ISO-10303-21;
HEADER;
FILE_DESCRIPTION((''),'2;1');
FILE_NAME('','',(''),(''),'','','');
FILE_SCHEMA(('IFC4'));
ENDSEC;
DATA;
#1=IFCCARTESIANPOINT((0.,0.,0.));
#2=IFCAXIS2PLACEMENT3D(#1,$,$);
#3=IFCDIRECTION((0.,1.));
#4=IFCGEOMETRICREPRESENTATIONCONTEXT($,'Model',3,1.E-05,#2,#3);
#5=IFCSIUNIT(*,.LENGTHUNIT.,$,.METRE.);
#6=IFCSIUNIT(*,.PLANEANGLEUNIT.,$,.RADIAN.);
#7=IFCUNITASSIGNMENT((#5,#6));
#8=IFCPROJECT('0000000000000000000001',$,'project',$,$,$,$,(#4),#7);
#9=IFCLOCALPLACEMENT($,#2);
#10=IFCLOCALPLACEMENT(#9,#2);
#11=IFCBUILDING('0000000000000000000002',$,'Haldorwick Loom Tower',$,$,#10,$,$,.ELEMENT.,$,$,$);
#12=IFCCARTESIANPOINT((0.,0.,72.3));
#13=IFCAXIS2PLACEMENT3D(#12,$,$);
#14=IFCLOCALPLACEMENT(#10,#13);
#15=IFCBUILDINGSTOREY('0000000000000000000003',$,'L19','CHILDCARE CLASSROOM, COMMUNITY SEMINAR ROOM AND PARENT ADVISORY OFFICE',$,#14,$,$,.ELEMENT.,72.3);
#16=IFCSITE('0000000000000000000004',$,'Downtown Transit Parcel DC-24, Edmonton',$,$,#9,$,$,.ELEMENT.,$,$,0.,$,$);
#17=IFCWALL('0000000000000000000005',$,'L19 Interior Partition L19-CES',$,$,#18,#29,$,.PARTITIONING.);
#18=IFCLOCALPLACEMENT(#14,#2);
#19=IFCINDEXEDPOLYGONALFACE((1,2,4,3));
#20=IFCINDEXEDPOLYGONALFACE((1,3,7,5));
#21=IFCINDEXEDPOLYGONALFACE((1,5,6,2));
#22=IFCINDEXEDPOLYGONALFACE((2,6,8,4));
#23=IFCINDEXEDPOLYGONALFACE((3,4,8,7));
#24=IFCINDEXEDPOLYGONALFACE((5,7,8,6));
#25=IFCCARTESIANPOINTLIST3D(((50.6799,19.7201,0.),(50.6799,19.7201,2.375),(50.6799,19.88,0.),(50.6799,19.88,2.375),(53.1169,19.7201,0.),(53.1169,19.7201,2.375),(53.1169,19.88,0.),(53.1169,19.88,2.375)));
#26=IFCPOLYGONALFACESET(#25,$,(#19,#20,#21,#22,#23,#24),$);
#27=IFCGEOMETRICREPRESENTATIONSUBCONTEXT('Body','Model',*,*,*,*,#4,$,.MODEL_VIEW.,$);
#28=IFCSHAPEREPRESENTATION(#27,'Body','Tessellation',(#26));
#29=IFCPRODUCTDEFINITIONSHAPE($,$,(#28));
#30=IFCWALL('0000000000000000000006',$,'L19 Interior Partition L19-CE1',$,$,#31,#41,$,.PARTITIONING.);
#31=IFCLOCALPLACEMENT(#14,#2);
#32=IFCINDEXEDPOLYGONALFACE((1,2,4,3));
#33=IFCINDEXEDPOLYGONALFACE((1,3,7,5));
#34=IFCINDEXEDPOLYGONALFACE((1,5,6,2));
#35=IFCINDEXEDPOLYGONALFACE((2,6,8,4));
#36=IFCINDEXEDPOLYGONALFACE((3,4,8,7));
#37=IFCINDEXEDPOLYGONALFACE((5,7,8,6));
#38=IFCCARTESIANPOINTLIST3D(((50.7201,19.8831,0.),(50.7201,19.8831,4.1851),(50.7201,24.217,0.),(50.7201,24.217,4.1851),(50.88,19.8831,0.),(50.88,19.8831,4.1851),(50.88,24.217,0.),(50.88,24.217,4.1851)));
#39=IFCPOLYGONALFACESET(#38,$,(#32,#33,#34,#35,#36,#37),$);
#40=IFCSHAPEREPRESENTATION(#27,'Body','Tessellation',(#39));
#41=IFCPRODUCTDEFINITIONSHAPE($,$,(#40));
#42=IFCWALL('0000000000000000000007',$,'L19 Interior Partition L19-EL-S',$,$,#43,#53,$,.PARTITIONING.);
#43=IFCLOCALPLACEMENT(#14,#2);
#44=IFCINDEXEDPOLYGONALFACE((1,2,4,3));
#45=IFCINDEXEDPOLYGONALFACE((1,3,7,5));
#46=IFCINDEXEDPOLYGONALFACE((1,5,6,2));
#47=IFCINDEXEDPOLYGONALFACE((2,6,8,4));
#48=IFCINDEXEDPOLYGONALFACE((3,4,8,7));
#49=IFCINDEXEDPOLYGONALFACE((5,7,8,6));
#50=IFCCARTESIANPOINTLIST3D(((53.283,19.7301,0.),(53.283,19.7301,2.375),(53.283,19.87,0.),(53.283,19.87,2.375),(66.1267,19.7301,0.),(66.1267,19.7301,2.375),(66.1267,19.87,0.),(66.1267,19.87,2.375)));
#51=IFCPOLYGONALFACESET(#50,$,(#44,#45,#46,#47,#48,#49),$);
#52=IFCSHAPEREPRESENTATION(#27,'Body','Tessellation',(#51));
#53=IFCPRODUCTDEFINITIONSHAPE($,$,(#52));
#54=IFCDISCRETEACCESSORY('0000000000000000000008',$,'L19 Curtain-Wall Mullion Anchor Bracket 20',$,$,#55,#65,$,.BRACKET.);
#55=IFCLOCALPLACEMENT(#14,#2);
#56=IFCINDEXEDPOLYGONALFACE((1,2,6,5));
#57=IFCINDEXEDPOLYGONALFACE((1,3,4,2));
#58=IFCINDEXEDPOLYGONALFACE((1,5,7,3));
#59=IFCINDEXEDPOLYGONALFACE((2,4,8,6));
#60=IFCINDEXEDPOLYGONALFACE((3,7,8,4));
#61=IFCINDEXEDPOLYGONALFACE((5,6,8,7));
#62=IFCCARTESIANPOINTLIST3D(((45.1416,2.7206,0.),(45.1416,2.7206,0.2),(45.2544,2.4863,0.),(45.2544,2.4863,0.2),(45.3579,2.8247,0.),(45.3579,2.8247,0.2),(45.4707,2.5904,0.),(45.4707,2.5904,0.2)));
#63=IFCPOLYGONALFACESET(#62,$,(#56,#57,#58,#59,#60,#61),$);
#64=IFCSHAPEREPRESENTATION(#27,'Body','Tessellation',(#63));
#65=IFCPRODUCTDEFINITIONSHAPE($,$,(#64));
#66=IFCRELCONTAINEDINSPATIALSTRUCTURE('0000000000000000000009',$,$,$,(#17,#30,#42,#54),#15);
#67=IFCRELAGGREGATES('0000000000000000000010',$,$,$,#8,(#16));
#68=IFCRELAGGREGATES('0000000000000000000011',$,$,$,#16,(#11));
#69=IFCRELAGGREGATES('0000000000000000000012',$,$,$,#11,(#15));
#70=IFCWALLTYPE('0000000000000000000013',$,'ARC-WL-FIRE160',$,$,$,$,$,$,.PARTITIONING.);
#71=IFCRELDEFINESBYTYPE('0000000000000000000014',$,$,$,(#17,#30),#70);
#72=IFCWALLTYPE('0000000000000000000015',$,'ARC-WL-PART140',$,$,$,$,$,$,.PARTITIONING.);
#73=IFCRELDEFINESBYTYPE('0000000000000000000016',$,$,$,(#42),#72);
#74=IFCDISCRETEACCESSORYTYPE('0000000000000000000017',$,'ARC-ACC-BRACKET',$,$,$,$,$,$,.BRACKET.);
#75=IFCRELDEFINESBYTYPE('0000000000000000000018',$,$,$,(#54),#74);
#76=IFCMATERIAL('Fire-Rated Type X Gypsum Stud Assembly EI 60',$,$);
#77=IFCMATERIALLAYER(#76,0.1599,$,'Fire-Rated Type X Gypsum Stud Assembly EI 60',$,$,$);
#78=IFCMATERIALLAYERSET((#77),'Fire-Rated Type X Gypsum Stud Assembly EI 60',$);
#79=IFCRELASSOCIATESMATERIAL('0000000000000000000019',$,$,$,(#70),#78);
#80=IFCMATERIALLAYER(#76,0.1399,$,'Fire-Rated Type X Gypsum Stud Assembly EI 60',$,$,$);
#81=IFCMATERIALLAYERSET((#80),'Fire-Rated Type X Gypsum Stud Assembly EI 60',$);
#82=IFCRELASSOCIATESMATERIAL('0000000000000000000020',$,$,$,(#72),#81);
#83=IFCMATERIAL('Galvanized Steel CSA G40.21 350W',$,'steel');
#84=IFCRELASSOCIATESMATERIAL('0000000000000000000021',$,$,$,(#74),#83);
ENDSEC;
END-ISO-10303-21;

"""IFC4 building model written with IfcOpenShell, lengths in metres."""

from ifc_helpers import new_model, si_unit, direction, frame, frame_2d, origin, origin_2d, place, context, subcontext, project, spatial, rectangle, extrude, material, layer, layer_set, type_object, element, save


model = new_model("IFC4")

# Units and contexts
model_context = context("Model", 3, precision=1e-05, world=origin(), true_north=direction((0.0, 1.0)))
body_context = subcontext(model_context, "Body", "Model", "MODEL_VIEW")
ifc_project = project(units=[si_unit("LENGTHUNIT", "METRE"), si_unit("PLANEANGLEUNIT", "RADIAN")], contexts=[model_context])

# Site, building, storey
site_placement = place(None, origin())
site = spatial("IfcSite", under=ifc_project, at=site_placement, Name="Downtown Transit Parcel DC-24, Edmonton", CompositionType="ELEMENT", RefElevation=0.0)
building_placement = place(site_placement, origin())
building = spatial("IfcBuilding", under=site, at=building_placement, Name="Haldorwick Loom Tower", CompositionType="ELEMENT")
storey_placement = place(building_placement, frame((0.0, 0.0, 72.3)))
storey = spatial("IfcBuildingStorey", under=building, at=storey_placement, Name="L19", Description="CHILDCARE CLASSROOM, COMMUNITY SEMINAR ROOM AND PARENT ADVISORY OFFICE", CompositionType="ELEMENT", Elevation=72.3)

# Shared definitions
ifc_material_1 = material(Name="Fire-Rated Type X Gypsum Stud Assembly EI 60")
ifc_layer_1 = layer(ifc_material_1, 0.1599, Name="Fire-Rated Type X Gypsum Stud Assembly EI 60")
ifc_layer_set_1 = layer_set([ifc_layer_1], Name="Fire-Rated Type X Gypsum Stud Assembly EI 60")
wall_type_1 = type_object("IfcWallType", Name="ARC-WL-FIRE160", PredefinedType="PARTITIONING", material=ifc_layer_set_1)

# Walls
wall_1_placement = place(storey_placement, frame((50.6799, 19.8, 0.0), z_axis=(0.0, 0.0, 1.0), x_axis=(1.0, 0.0, 0.0)))
element("IfcWall", 1, at=wall_1_placement, inside=storey, type_object=wall_type_1, Name="L19 Interior Partition L19-CES", PredefinedType="PARTITIONING", context=body_context, shape_type="SweptSolid", body=[
    extrude(rectangle(XDim=2.437, YDim=0.1599, at=frame_2d((1.2185, 0.0))), origin(), (0.0, 0.0, 1.0), 2.375),
])
wall_2_placement = place(storey_placement, frame((50.8, 19.8831, 0.0), z_axis=(0.0, 0.0, 1.0), x_axis=(0.0, 1.0, 0.0)))
element("IfcWall", 2, at=wall_2_placement, inside=storey, type_object=wall_type_1, Name="L19 Interior Partition L19-CE1", PredefinedType="PARTITIONING", context=body_context, shape_type="SweptSolid", body=[
    extrude(rectangle(XDim=4.334, YDim=0.1599, at=frame_2d((2.167, 0.0))), origin(), (0.0, 0.0, 1.0), 4.1851),
])
ifc_layer_2 = layer(ifc_material_1, 0.1399, Name="Fire-Rated Type X Gypsum Stud Assembly EI 60")
ifc_layer_set_2 = layer_set([ifc_layer_2], Name="Fire-Rated Type X Gypsum Stud Assembly EI 60")
wall_type_2 = type_object("IfcWallType", Name="ARC-WL-PART140", PredefinedType="PARTITIONING", material=ifc_layer_set_2)
wall_3_placement = place(storey_placement, frame((53.283, 19.8, 0.0), z_axis=(0.0, 0.0, 1.0), x_axis=(1.0, 0.0, 0.0)))
element("IfcWall", 3, at=wall_3_placement, inside=storey, type_object=wall_type_2, Name="L19 Interior Partition L19-EL-S", PredefinedType="PARTITIONING", context=body_context, shape_type="SweptSolid", body=[
    extrude(rectangle(XDim=12.8438, YDim=0.1399, at=frame_2d((6.4219, 0.0))), origin(), (0.0, 0.0, 1.0), 2.375),
])

# Discrete accessory
ifc_material_2 = material(Name="Galvanized Steel CSA G40.21 350W", Category="steel")
discrete_accessory_type = type_object("IfcDiscreteAccessoryType", Name="ARC-ACC-BRACKET", PredefinedType="BRACKET", material=ifc_material_2)
discrete_accessory_placement = place(storey_placement, frame((45.3062, 2.6555, 0.0), z_axis=(0.0, 0.0, 1.0), x_axis=(0.433659, -0.901077, 0.0)))
element("IfcDiscreteAccessory", 4, at=discrete_accessory_placement, inside=storey, type_object=discrete_accessory_type, Name="L19 Curtain-Wall Mullion Anchor Bracket 20", PredefinedType="BRACKET", context=body_context, shape_type="SweptSolid", body=[
    extrude(rectangle(XDim=0.26, YDim=0.24, at=origin_2d()), origin(), (0.0, 0.0, 1.0), 0.2),
])

save(model, "model.ifc")
